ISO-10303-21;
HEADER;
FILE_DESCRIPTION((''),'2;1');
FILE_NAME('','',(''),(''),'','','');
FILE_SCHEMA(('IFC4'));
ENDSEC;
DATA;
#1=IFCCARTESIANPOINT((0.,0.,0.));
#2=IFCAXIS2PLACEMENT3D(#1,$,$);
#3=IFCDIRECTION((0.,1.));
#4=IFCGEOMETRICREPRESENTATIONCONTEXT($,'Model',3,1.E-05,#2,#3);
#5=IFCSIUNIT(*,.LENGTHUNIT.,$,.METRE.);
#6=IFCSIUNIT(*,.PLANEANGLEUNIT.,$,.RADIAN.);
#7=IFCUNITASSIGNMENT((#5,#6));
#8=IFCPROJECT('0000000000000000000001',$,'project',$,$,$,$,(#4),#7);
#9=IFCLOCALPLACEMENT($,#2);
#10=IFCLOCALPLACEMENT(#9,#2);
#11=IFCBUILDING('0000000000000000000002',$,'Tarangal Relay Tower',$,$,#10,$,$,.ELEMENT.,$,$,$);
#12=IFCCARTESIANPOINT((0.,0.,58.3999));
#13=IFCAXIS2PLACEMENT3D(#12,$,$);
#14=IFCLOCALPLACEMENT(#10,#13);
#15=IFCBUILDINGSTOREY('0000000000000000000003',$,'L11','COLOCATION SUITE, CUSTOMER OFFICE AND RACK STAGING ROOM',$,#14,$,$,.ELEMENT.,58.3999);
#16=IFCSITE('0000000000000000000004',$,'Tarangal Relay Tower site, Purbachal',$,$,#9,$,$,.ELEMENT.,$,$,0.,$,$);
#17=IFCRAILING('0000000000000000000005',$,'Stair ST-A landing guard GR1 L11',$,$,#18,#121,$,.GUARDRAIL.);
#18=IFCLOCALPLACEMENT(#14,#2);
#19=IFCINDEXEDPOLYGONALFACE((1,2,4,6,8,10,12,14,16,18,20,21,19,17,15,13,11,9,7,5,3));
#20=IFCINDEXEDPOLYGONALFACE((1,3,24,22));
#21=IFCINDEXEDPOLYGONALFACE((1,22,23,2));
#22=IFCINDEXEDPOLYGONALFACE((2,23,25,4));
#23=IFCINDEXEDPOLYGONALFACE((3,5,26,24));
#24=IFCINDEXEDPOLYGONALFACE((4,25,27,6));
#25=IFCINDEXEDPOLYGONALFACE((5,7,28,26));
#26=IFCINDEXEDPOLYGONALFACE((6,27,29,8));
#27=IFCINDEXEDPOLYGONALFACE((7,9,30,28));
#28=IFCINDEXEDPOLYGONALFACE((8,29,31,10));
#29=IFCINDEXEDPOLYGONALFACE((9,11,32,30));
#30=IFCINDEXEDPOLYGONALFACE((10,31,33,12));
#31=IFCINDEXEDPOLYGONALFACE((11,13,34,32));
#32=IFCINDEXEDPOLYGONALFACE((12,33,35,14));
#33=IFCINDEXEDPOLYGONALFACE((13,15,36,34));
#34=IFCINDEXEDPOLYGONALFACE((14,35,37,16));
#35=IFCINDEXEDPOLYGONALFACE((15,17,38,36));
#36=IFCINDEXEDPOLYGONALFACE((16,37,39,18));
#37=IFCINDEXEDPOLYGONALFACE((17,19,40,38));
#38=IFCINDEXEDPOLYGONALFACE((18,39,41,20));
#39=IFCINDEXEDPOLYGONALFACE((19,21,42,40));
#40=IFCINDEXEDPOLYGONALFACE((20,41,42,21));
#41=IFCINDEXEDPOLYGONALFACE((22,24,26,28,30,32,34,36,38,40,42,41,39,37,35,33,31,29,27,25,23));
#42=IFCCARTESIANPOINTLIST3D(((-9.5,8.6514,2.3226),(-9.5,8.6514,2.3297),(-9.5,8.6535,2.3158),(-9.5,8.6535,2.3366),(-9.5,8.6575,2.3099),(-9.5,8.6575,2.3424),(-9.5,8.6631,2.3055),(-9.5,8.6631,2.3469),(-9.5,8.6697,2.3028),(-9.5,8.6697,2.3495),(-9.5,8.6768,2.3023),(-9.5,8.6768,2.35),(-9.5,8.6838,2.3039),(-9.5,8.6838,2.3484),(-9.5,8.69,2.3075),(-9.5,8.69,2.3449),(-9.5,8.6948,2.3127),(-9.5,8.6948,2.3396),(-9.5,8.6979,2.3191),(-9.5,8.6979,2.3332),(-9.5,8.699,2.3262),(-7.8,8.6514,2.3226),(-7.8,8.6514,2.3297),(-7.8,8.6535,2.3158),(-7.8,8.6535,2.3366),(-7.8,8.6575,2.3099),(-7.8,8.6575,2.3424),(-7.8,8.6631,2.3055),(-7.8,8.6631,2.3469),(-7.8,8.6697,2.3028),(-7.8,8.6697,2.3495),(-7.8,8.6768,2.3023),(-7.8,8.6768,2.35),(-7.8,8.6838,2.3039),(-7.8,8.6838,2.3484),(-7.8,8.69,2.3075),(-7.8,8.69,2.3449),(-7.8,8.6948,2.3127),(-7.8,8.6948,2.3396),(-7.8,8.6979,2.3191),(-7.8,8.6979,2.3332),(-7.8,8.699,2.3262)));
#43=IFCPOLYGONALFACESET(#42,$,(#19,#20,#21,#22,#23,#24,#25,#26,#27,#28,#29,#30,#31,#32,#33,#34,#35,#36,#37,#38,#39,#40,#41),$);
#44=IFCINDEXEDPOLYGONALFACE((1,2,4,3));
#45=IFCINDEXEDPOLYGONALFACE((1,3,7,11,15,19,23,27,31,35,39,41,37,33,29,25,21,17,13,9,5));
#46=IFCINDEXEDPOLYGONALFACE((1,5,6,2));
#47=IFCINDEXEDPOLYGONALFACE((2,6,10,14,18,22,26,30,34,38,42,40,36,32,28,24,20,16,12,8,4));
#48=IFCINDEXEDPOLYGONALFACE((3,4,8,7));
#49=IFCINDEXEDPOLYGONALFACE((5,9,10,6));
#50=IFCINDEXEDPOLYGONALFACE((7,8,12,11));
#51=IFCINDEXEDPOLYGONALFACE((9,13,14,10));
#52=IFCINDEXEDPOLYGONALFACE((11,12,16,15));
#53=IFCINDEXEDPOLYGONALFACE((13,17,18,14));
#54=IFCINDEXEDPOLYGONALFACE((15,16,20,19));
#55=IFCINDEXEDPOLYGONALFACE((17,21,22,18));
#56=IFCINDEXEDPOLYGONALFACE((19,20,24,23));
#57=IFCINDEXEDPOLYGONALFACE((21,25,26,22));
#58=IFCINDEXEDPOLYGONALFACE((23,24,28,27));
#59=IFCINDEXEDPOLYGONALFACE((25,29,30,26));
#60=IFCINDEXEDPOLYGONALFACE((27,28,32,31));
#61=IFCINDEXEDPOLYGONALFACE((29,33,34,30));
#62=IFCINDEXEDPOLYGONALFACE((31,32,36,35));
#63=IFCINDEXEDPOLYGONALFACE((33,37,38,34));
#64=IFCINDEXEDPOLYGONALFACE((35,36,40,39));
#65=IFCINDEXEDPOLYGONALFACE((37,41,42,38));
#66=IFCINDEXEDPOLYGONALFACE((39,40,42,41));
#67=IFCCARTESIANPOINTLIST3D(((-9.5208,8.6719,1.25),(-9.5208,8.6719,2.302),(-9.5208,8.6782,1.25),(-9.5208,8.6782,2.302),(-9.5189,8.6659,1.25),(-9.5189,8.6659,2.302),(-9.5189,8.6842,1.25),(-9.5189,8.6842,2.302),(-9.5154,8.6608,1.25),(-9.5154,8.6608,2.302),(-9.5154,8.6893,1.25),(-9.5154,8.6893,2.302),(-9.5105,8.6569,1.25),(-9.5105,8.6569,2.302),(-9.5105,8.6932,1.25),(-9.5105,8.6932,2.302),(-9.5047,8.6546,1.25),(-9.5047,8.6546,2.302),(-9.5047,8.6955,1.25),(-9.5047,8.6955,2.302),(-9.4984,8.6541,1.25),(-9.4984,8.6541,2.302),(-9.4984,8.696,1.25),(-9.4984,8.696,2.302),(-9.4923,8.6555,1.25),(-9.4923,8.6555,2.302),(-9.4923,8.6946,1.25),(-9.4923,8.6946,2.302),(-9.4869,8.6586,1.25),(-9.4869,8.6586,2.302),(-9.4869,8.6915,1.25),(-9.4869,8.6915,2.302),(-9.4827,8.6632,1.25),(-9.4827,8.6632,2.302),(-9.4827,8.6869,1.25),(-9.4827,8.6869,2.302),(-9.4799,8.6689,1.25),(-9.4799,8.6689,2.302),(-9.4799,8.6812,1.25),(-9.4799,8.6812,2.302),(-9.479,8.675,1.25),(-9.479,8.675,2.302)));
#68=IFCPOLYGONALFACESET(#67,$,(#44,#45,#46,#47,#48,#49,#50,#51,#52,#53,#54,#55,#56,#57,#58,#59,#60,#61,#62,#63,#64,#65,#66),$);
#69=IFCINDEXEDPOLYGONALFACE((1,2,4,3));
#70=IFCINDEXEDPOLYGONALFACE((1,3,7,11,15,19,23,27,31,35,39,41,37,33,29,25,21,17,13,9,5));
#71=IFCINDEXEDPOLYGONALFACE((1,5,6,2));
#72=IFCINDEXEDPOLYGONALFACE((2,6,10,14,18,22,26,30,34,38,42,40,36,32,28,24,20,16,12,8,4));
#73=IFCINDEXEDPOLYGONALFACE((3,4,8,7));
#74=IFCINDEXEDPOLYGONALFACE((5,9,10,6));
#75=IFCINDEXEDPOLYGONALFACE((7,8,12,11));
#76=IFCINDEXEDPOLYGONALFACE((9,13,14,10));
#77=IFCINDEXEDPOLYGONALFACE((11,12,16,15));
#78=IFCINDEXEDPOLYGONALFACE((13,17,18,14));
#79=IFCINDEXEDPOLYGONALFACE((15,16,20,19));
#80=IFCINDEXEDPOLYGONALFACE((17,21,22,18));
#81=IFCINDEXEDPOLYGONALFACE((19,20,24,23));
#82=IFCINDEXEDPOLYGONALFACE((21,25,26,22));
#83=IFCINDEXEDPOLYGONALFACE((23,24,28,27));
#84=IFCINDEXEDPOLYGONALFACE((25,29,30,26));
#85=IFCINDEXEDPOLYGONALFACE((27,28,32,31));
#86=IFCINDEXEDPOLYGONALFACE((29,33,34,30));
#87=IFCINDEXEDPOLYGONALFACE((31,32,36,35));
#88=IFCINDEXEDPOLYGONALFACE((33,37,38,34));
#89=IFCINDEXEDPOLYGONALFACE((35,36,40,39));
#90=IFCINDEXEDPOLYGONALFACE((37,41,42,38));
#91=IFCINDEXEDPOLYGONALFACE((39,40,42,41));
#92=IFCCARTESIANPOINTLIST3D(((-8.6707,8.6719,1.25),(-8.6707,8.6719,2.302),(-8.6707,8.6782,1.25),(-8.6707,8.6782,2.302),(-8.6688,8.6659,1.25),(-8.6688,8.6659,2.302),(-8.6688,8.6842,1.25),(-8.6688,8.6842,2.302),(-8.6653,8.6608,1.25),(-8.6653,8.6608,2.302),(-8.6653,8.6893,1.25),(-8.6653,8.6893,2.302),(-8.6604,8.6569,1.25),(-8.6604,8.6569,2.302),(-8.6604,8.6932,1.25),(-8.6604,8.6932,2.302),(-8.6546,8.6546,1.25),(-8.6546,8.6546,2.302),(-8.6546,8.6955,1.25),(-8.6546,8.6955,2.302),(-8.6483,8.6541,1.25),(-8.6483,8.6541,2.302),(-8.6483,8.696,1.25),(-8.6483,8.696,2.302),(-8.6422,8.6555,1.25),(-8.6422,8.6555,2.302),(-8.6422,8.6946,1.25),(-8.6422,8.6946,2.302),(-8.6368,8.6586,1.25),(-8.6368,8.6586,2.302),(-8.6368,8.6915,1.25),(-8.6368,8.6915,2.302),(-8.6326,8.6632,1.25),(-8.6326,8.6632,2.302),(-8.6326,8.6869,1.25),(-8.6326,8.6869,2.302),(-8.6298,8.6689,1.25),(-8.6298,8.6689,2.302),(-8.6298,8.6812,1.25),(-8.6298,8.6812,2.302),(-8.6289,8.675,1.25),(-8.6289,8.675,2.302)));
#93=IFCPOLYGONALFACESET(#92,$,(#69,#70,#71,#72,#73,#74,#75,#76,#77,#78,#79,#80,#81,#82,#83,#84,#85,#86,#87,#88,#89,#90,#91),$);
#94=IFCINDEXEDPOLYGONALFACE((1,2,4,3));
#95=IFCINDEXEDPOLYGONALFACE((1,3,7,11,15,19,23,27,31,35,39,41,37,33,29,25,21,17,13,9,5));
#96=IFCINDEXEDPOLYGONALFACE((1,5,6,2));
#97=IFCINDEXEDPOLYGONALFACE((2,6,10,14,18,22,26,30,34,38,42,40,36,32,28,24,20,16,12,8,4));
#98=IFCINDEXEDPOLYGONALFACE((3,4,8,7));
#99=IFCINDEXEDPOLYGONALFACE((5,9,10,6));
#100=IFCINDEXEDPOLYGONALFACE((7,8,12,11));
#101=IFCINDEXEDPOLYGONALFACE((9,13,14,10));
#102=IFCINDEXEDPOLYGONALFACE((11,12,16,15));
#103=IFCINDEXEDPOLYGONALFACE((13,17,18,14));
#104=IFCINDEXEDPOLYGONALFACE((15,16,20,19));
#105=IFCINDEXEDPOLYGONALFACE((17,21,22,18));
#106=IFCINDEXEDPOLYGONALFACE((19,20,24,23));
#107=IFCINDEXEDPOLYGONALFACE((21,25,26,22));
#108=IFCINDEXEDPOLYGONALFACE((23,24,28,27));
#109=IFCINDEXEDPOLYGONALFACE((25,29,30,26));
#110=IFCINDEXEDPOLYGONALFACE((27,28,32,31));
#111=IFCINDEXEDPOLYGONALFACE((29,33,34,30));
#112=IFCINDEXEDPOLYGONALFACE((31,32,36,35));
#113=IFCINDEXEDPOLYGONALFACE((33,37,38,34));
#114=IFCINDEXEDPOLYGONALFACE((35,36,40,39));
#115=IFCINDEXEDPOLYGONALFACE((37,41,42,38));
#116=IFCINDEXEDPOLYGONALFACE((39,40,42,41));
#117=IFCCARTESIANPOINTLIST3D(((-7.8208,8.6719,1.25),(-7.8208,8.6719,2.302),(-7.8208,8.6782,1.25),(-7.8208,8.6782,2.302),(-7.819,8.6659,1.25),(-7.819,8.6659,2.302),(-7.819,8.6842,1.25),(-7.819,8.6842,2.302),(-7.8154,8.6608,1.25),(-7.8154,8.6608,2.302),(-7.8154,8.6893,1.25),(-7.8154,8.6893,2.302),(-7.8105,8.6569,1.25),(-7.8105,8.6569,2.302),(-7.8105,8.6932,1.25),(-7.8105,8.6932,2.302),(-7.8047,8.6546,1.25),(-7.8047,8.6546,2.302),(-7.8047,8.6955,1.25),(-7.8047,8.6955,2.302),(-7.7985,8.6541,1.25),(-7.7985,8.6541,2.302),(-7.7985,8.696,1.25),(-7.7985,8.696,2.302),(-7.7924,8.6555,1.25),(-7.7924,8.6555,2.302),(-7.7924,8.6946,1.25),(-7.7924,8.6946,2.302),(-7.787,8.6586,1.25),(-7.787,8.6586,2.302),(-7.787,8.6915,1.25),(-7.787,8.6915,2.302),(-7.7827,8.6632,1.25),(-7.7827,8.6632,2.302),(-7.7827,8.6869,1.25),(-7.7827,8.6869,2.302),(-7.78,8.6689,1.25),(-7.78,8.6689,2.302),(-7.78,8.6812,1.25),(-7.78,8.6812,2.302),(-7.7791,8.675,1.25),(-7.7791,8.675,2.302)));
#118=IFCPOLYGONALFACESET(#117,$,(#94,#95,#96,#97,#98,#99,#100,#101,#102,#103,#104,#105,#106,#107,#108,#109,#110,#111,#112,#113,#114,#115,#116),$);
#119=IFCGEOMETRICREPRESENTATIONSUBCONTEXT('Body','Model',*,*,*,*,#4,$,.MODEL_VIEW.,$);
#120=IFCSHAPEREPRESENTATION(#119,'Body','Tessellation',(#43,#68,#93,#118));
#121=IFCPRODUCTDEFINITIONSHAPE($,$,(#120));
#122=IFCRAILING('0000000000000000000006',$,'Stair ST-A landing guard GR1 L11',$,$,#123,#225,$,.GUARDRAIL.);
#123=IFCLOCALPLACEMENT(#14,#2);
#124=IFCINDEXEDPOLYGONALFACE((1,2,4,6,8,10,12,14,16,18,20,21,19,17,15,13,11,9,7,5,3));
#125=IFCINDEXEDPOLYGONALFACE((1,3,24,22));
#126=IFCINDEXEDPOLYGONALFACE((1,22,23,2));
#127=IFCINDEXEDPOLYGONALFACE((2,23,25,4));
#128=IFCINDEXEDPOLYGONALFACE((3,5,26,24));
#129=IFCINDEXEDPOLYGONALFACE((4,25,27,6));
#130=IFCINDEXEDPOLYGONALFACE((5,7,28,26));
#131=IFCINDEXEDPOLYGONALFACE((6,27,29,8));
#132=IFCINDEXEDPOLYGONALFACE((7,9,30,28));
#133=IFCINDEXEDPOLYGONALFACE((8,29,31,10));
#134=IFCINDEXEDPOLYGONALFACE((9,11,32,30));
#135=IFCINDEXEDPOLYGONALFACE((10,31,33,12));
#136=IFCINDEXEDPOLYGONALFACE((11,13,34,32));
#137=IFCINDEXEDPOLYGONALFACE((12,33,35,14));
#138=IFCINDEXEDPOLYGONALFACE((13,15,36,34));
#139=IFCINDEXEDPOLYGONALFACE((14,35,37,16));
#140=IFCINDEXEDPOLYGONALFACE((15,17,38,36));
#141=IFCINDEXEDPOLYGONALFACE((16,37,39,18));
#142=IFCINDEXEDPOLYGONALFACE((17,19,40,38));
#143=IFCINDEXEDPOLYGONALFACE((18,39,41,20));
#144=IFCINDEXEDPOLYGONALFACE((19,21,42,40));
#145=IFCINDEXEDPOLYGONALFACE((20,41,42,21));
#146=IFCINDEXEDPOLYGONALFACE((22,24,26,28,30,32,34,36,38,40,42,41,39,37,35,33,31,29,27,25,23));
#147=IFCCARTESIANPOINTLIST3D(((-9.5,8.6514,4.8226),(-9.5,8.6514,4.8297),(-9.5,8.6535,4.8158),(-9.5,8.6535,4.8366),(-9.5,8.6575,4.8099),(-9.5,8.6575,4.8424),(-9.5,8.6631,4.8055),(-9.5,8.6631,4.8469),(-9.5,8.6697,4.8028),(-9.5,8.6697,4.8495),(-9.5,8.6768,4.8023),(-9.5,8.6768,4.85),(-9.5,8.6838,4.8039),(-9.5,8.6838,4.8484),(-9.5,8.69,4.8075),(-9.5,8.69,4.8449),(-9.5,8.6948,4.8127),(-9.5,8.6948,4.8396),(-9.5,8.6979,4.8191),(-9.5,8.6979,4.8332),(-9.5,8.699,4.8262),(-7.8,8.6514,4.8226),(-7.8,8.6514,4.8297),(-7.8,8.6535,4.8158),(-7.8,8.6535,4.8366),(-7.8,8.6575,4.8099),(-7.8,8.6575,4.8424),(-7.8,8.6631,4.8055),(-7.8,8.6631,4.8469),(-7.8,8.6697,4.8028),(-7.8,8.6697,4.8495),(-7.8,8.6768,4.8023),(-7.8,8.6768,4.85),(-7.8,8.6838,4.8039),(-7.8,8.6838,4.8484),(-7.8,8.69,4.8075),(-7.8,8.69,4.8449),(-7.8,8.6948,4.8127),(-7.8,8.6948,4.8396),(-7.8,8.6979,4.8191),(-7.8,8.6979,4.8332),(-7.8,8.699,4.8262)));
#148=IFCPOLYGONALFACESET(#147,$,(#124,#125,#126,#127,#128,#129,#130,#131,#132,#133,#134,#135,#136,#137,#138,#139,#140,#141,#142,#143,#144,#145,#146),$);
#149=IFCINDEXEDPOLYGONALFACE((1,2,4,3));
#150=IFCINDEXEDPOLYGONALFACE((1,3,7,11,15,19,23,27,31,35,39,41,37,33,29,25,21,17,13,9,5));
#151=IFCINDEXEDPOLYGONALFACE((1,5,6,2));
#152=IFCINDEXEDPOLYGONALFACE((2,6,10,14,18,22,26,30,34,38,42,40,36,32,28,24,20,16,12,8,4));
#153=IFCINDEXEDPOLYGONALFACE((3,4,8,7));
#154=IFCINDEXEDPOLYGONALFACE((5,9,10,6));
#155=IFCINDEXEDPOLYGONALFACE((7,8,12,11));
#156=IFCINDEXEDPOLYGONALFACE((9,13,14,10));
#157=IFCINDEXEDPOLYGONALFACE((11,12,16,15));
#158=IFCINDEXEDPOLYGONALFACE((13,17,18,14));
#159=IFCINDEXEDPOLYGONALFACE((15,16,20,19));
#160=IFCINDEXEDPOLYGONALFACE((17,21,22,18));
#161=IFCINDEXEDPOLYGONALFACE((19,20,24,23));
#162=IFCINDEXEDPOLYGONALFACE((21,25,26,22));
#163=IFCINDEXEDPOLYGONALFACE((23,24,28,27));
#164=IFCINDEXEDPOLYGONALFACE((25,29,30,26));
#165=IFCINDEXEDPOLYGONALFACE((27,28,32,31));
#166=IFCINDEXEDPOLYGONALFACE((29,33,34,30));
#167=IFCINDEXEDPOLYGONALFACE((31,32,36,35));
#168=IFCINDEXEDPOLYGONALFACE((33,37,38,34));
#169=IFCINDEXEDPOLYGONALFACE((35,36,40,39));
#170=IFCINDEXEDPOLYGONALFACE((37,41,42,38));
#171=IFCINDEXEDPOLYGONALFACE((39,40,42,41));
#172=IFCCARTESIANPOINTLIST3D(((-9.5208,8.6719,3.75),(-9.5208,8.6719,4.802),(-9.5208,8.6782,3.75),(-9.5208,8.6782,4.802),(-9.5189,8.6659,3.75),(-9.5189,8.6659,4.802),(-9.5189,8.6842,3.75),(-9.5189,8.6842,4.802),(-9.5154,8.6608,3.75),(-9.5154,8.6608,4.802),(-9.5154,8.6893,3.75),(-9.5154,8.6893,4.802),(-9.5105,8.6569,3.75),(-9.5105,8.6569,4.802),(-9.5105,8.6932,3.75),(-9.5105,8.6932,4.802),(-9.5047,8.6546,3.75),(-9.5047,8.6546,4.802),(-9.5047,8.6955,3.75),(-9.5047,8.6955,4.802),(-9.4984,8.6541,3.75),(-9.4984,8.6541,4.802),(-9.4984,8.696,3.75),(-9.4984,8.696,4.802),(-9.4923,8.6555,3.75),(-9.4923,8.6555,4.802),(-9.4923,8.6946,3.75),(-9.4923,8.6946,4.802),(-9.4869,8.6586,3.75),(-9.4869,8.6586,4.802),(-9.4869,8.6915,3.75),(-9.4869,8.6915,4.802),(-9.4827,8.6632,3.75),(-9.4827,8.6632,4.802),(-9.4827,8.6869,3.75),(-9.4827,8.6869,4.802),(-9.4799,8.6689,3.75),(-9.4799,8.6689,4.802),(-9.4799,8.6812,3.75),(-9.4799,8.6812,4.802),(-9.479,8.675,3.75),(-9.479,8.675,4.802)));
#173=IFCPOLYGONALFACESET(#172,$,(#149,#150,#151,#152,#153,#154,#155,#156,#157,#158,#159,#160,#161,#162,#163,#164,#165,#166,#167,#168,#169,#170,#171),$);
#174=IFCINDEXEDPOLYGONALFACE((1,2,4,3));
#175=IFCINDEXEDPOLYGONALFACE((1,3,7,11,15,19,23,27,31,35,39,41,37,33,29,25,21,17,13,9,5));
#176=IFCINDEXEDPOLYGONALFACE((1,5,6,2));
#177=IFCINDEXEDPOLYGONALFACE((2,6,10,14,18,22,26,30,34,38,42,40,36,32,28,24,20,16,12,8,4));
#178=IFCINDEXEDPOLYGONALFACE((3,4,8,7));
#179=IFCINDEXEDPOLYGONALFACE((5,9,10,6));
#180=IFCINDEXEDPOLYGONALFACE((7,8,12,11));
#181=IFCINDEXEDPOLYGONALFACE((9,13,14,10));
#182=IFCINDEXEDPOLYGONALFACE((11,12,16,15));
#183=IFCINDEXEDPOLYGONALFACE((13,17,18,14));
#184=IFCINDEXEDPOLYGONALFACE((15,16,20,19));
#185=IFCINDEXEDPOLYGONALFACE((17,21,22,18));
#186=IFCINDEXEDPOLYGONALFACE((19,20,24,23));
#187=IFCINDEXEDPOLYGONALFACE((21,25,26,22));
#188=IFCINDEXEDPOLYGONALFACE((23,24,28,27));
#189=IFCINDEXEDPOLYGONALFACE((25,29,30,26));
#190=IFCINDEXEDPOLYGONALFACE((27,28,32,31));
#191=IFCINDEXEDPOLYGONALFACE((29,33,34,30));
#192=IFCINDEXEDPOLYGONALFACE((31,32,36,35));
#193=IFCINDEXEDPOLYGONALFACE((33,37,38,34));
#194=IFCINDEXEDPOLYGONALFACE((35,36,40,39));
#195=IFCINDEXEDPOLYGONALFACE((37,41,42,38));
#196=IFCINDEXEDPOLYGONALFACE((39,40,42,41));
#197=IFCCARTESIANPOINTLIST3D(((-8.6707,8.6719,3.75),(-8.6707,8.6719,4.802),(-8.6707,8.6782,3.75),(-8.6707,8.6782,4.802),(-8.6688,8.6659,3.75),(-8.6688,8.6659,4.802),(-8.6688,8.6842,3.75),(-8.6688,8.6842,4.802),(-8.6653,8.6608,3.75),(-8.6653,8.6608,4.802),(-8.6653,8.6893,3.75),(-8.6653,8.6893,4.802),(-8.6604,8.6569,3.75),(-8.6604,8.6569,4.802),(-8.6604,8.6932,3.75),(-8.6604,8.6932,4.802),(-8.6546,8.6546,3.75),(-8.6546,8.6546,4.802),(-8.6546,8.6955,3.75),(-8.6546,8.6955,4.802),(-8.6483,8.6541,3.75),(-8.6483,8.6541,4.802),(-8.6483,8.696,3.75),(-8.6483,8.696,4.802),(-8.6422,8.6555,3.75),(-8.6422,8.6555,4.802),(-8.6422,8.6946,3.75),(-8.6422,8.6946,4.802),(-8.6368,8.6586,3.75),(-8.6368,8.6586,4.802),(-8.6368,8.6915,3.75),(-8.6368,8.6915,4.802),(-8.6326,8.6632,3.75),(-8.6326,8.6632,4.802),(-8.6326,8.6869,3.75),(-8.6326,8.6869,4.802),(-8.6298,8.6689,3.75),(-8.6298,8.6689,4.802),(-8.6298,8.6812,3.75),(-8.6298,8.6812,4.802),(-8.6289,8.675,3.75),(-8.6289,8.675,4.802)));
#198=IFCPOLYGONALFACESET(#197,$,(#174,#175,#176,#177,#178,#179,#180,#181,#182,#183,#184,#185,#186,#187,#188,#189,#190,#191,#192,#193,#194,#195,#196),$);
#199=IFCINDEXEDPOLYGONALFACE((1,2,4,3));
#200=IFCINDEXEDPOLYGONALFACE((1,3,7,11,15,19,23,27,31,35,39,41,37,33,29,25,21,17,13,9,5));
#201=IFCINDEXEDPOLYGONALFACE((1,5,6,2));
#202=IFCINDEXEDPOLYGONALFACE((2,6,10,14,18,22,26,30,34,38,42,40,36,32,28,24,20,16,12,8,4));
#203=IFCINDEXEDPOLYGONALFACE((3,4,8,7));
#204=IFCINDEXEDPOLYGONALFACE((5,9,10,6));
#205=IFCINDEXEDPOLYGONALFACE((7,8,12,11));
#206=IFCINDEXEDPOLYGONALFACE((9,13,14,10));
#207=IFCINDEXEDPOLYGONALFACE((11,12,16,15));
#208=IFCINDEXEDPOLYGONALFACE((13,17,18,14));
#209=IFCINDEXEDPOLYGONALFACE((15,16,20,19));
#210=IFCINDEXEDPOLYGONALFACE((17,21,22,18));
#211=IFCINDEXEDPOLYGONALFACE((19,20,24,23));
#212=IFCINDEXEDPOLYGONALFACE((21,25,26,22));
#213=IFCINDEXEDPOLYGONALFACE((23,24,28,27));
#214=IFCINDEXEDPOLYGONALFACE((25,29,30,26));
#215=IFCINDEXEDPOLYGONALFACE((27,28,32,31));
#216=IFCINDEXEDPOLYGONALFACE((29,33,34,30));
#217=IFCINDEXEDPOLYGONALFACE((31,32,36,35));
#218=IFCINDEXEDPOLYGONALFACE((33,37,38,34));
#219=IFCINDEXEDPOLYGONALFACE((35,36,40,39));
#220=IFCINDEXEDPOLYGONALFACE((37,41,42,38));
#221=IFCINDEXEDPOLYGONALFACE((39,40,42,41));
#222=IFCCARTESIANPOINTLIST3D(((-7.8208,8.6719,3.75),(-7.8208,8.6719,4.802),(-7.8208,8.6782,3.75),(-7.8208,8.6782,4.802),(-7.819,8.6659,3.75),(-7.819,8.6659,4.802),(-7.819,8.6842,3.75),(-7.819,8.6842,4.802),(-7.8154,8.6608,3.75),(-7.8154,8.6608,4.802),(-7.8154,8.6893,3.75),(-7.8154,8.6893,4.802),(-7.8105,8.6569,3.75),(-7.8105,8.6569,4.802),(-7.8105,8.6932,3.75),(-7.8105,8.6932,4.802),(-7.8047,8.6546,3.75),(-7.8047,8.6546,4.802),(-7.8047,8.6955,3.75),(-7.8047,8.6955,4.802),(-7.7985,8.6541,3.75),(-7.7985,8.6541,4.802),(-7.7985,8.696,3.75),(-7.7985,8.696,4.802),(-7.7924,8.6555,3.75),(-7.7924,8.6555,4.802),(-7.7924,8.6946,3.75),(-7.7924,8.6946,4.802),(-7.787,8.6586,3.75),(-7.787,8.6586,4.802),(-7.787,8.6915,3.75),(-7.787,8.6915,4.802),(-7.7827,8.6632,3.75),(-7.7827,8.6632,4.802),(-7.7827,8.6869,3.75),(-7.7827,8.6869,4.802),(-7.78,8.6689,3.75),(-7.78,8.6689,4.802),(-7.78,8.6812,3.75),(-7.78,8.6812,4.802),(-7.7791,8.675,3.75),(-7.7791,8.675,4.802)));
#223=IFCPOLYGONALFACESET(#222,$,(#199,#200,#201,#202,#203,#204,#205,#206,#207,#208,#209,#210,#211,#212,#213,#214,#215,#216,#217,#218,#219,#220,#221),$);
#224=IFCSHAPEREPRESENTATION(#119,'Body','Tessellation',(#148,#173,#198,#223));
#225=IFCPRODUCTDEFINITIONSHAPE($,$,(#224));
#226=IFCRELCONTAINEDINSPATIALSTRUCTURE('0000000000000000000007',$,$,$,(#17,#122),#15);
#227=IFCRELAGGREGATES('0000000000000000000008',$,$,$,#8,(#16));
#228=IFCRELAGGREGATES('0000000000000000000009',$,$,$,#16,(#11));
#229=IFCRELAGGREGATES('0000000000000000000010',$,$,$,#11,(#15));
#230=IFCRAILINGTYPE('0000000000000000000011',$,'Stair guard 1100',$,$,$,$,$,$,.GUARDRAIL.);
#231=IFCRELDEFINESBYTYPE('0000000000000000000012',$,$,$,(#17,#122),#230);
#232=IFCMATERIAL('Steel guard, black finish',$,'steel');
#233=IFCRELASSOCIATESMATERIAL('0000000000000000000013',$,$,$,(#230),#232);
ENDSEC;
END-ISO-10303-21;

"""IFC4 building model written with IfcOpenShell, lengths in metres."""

from ifc_helpers import new_model, si_unit, direction, frame, origin, origin_2d, place, context, subcontext, project, spatial, circle, extrude, material, type_object, element, save


model = new_model("IFC4")

# Units and contexts
model_context = context("Model", 3, precision=1e-05, world=origin(), true_north=direction((0.0, 1.0)))
body_context = subcontext(model_context, "Body", "Model", "MODEL_VIEW")
ifc_project = project(units=[si_unit("LENGTHUNIT", "METRE"), si_unit("PLANEANGLEUNIT", "RADIAN")], contexts=[model_context])

# Site, building, storey
site_placement = place(None, origin())
site = spatial("IfcSite", under=ifc_project, at=site_placement, Name="Tarangal Relay Tower site, Purbachal", CompositionType="ELEMENT", RefElevation=0.0)
building_placement = place(site_placement, origin())
building = spatial("IfcBuilding", under=site, at=building_placement, Name="Tarangal Relay Tower", CompositionType="ELEMENT")
storey_placement = place(building_placement, frame((0.0, 0.0, 58.3999)))
storey = spatial("IfcBuildingStorey", under=building, at=storey_placement, Name="L11", Description="COLOCATION SUITE, CUSTOMER OFFICE AND RACK STAGING ROOM", CompositionType="ELEMENT", Elevation=58.3999)

# Railings
ifc_material_1 = material(Name="Steel guard, black finish", Category="steel")
railing_type_1 = type_object("IfcRailingType", Name="Stair guard 1100", PredefinedType="GUARDRAIL", material=ifc_material_1)
for number, where, name in (
    (1, (-9.5, 8.675, 1.25), "Stair ST-A landing guard GR1 L11"),
    (2, (-9.5, 8.675, 3.75), "Stair ST-A landing guard GR1 L11"),
):
    element("IfcRailing", number, at=place(storey_placement, frame(where)), inside=storey, type_object=railing_type_1, Name=name, PredefinedType="GUARDRAIL", context=body_context, shape_type="SweptSolid", body=[
        extrude(circle(Radius=0.0239, at=origin_2d()), frame((0.0, 0.0, 1.0762), z_axis=(1.0, 0.0, 0.0), x_axis=(0.0, 1.0, 0.0)), (0.0, 0.0, 1.0), 1.7),
        extrude(circle(Radius=0.021, at=origin_2d()), origin(), (0.0, 0.0, 1.0), 1.052),
        extrude(circle(Radius=0.021, at=origin_2d()), frame((0.8501, 0.0, 0.0)), (0.0, 0.0, 1.0), 1.052),
        extrude(circle(Radius=0.021, at=origin_2d()), frame((1.7, 0.0, 0.0)), (0.0, 0.0, 1.0), 1.052),
    ])

save(model, "model.ifc")
